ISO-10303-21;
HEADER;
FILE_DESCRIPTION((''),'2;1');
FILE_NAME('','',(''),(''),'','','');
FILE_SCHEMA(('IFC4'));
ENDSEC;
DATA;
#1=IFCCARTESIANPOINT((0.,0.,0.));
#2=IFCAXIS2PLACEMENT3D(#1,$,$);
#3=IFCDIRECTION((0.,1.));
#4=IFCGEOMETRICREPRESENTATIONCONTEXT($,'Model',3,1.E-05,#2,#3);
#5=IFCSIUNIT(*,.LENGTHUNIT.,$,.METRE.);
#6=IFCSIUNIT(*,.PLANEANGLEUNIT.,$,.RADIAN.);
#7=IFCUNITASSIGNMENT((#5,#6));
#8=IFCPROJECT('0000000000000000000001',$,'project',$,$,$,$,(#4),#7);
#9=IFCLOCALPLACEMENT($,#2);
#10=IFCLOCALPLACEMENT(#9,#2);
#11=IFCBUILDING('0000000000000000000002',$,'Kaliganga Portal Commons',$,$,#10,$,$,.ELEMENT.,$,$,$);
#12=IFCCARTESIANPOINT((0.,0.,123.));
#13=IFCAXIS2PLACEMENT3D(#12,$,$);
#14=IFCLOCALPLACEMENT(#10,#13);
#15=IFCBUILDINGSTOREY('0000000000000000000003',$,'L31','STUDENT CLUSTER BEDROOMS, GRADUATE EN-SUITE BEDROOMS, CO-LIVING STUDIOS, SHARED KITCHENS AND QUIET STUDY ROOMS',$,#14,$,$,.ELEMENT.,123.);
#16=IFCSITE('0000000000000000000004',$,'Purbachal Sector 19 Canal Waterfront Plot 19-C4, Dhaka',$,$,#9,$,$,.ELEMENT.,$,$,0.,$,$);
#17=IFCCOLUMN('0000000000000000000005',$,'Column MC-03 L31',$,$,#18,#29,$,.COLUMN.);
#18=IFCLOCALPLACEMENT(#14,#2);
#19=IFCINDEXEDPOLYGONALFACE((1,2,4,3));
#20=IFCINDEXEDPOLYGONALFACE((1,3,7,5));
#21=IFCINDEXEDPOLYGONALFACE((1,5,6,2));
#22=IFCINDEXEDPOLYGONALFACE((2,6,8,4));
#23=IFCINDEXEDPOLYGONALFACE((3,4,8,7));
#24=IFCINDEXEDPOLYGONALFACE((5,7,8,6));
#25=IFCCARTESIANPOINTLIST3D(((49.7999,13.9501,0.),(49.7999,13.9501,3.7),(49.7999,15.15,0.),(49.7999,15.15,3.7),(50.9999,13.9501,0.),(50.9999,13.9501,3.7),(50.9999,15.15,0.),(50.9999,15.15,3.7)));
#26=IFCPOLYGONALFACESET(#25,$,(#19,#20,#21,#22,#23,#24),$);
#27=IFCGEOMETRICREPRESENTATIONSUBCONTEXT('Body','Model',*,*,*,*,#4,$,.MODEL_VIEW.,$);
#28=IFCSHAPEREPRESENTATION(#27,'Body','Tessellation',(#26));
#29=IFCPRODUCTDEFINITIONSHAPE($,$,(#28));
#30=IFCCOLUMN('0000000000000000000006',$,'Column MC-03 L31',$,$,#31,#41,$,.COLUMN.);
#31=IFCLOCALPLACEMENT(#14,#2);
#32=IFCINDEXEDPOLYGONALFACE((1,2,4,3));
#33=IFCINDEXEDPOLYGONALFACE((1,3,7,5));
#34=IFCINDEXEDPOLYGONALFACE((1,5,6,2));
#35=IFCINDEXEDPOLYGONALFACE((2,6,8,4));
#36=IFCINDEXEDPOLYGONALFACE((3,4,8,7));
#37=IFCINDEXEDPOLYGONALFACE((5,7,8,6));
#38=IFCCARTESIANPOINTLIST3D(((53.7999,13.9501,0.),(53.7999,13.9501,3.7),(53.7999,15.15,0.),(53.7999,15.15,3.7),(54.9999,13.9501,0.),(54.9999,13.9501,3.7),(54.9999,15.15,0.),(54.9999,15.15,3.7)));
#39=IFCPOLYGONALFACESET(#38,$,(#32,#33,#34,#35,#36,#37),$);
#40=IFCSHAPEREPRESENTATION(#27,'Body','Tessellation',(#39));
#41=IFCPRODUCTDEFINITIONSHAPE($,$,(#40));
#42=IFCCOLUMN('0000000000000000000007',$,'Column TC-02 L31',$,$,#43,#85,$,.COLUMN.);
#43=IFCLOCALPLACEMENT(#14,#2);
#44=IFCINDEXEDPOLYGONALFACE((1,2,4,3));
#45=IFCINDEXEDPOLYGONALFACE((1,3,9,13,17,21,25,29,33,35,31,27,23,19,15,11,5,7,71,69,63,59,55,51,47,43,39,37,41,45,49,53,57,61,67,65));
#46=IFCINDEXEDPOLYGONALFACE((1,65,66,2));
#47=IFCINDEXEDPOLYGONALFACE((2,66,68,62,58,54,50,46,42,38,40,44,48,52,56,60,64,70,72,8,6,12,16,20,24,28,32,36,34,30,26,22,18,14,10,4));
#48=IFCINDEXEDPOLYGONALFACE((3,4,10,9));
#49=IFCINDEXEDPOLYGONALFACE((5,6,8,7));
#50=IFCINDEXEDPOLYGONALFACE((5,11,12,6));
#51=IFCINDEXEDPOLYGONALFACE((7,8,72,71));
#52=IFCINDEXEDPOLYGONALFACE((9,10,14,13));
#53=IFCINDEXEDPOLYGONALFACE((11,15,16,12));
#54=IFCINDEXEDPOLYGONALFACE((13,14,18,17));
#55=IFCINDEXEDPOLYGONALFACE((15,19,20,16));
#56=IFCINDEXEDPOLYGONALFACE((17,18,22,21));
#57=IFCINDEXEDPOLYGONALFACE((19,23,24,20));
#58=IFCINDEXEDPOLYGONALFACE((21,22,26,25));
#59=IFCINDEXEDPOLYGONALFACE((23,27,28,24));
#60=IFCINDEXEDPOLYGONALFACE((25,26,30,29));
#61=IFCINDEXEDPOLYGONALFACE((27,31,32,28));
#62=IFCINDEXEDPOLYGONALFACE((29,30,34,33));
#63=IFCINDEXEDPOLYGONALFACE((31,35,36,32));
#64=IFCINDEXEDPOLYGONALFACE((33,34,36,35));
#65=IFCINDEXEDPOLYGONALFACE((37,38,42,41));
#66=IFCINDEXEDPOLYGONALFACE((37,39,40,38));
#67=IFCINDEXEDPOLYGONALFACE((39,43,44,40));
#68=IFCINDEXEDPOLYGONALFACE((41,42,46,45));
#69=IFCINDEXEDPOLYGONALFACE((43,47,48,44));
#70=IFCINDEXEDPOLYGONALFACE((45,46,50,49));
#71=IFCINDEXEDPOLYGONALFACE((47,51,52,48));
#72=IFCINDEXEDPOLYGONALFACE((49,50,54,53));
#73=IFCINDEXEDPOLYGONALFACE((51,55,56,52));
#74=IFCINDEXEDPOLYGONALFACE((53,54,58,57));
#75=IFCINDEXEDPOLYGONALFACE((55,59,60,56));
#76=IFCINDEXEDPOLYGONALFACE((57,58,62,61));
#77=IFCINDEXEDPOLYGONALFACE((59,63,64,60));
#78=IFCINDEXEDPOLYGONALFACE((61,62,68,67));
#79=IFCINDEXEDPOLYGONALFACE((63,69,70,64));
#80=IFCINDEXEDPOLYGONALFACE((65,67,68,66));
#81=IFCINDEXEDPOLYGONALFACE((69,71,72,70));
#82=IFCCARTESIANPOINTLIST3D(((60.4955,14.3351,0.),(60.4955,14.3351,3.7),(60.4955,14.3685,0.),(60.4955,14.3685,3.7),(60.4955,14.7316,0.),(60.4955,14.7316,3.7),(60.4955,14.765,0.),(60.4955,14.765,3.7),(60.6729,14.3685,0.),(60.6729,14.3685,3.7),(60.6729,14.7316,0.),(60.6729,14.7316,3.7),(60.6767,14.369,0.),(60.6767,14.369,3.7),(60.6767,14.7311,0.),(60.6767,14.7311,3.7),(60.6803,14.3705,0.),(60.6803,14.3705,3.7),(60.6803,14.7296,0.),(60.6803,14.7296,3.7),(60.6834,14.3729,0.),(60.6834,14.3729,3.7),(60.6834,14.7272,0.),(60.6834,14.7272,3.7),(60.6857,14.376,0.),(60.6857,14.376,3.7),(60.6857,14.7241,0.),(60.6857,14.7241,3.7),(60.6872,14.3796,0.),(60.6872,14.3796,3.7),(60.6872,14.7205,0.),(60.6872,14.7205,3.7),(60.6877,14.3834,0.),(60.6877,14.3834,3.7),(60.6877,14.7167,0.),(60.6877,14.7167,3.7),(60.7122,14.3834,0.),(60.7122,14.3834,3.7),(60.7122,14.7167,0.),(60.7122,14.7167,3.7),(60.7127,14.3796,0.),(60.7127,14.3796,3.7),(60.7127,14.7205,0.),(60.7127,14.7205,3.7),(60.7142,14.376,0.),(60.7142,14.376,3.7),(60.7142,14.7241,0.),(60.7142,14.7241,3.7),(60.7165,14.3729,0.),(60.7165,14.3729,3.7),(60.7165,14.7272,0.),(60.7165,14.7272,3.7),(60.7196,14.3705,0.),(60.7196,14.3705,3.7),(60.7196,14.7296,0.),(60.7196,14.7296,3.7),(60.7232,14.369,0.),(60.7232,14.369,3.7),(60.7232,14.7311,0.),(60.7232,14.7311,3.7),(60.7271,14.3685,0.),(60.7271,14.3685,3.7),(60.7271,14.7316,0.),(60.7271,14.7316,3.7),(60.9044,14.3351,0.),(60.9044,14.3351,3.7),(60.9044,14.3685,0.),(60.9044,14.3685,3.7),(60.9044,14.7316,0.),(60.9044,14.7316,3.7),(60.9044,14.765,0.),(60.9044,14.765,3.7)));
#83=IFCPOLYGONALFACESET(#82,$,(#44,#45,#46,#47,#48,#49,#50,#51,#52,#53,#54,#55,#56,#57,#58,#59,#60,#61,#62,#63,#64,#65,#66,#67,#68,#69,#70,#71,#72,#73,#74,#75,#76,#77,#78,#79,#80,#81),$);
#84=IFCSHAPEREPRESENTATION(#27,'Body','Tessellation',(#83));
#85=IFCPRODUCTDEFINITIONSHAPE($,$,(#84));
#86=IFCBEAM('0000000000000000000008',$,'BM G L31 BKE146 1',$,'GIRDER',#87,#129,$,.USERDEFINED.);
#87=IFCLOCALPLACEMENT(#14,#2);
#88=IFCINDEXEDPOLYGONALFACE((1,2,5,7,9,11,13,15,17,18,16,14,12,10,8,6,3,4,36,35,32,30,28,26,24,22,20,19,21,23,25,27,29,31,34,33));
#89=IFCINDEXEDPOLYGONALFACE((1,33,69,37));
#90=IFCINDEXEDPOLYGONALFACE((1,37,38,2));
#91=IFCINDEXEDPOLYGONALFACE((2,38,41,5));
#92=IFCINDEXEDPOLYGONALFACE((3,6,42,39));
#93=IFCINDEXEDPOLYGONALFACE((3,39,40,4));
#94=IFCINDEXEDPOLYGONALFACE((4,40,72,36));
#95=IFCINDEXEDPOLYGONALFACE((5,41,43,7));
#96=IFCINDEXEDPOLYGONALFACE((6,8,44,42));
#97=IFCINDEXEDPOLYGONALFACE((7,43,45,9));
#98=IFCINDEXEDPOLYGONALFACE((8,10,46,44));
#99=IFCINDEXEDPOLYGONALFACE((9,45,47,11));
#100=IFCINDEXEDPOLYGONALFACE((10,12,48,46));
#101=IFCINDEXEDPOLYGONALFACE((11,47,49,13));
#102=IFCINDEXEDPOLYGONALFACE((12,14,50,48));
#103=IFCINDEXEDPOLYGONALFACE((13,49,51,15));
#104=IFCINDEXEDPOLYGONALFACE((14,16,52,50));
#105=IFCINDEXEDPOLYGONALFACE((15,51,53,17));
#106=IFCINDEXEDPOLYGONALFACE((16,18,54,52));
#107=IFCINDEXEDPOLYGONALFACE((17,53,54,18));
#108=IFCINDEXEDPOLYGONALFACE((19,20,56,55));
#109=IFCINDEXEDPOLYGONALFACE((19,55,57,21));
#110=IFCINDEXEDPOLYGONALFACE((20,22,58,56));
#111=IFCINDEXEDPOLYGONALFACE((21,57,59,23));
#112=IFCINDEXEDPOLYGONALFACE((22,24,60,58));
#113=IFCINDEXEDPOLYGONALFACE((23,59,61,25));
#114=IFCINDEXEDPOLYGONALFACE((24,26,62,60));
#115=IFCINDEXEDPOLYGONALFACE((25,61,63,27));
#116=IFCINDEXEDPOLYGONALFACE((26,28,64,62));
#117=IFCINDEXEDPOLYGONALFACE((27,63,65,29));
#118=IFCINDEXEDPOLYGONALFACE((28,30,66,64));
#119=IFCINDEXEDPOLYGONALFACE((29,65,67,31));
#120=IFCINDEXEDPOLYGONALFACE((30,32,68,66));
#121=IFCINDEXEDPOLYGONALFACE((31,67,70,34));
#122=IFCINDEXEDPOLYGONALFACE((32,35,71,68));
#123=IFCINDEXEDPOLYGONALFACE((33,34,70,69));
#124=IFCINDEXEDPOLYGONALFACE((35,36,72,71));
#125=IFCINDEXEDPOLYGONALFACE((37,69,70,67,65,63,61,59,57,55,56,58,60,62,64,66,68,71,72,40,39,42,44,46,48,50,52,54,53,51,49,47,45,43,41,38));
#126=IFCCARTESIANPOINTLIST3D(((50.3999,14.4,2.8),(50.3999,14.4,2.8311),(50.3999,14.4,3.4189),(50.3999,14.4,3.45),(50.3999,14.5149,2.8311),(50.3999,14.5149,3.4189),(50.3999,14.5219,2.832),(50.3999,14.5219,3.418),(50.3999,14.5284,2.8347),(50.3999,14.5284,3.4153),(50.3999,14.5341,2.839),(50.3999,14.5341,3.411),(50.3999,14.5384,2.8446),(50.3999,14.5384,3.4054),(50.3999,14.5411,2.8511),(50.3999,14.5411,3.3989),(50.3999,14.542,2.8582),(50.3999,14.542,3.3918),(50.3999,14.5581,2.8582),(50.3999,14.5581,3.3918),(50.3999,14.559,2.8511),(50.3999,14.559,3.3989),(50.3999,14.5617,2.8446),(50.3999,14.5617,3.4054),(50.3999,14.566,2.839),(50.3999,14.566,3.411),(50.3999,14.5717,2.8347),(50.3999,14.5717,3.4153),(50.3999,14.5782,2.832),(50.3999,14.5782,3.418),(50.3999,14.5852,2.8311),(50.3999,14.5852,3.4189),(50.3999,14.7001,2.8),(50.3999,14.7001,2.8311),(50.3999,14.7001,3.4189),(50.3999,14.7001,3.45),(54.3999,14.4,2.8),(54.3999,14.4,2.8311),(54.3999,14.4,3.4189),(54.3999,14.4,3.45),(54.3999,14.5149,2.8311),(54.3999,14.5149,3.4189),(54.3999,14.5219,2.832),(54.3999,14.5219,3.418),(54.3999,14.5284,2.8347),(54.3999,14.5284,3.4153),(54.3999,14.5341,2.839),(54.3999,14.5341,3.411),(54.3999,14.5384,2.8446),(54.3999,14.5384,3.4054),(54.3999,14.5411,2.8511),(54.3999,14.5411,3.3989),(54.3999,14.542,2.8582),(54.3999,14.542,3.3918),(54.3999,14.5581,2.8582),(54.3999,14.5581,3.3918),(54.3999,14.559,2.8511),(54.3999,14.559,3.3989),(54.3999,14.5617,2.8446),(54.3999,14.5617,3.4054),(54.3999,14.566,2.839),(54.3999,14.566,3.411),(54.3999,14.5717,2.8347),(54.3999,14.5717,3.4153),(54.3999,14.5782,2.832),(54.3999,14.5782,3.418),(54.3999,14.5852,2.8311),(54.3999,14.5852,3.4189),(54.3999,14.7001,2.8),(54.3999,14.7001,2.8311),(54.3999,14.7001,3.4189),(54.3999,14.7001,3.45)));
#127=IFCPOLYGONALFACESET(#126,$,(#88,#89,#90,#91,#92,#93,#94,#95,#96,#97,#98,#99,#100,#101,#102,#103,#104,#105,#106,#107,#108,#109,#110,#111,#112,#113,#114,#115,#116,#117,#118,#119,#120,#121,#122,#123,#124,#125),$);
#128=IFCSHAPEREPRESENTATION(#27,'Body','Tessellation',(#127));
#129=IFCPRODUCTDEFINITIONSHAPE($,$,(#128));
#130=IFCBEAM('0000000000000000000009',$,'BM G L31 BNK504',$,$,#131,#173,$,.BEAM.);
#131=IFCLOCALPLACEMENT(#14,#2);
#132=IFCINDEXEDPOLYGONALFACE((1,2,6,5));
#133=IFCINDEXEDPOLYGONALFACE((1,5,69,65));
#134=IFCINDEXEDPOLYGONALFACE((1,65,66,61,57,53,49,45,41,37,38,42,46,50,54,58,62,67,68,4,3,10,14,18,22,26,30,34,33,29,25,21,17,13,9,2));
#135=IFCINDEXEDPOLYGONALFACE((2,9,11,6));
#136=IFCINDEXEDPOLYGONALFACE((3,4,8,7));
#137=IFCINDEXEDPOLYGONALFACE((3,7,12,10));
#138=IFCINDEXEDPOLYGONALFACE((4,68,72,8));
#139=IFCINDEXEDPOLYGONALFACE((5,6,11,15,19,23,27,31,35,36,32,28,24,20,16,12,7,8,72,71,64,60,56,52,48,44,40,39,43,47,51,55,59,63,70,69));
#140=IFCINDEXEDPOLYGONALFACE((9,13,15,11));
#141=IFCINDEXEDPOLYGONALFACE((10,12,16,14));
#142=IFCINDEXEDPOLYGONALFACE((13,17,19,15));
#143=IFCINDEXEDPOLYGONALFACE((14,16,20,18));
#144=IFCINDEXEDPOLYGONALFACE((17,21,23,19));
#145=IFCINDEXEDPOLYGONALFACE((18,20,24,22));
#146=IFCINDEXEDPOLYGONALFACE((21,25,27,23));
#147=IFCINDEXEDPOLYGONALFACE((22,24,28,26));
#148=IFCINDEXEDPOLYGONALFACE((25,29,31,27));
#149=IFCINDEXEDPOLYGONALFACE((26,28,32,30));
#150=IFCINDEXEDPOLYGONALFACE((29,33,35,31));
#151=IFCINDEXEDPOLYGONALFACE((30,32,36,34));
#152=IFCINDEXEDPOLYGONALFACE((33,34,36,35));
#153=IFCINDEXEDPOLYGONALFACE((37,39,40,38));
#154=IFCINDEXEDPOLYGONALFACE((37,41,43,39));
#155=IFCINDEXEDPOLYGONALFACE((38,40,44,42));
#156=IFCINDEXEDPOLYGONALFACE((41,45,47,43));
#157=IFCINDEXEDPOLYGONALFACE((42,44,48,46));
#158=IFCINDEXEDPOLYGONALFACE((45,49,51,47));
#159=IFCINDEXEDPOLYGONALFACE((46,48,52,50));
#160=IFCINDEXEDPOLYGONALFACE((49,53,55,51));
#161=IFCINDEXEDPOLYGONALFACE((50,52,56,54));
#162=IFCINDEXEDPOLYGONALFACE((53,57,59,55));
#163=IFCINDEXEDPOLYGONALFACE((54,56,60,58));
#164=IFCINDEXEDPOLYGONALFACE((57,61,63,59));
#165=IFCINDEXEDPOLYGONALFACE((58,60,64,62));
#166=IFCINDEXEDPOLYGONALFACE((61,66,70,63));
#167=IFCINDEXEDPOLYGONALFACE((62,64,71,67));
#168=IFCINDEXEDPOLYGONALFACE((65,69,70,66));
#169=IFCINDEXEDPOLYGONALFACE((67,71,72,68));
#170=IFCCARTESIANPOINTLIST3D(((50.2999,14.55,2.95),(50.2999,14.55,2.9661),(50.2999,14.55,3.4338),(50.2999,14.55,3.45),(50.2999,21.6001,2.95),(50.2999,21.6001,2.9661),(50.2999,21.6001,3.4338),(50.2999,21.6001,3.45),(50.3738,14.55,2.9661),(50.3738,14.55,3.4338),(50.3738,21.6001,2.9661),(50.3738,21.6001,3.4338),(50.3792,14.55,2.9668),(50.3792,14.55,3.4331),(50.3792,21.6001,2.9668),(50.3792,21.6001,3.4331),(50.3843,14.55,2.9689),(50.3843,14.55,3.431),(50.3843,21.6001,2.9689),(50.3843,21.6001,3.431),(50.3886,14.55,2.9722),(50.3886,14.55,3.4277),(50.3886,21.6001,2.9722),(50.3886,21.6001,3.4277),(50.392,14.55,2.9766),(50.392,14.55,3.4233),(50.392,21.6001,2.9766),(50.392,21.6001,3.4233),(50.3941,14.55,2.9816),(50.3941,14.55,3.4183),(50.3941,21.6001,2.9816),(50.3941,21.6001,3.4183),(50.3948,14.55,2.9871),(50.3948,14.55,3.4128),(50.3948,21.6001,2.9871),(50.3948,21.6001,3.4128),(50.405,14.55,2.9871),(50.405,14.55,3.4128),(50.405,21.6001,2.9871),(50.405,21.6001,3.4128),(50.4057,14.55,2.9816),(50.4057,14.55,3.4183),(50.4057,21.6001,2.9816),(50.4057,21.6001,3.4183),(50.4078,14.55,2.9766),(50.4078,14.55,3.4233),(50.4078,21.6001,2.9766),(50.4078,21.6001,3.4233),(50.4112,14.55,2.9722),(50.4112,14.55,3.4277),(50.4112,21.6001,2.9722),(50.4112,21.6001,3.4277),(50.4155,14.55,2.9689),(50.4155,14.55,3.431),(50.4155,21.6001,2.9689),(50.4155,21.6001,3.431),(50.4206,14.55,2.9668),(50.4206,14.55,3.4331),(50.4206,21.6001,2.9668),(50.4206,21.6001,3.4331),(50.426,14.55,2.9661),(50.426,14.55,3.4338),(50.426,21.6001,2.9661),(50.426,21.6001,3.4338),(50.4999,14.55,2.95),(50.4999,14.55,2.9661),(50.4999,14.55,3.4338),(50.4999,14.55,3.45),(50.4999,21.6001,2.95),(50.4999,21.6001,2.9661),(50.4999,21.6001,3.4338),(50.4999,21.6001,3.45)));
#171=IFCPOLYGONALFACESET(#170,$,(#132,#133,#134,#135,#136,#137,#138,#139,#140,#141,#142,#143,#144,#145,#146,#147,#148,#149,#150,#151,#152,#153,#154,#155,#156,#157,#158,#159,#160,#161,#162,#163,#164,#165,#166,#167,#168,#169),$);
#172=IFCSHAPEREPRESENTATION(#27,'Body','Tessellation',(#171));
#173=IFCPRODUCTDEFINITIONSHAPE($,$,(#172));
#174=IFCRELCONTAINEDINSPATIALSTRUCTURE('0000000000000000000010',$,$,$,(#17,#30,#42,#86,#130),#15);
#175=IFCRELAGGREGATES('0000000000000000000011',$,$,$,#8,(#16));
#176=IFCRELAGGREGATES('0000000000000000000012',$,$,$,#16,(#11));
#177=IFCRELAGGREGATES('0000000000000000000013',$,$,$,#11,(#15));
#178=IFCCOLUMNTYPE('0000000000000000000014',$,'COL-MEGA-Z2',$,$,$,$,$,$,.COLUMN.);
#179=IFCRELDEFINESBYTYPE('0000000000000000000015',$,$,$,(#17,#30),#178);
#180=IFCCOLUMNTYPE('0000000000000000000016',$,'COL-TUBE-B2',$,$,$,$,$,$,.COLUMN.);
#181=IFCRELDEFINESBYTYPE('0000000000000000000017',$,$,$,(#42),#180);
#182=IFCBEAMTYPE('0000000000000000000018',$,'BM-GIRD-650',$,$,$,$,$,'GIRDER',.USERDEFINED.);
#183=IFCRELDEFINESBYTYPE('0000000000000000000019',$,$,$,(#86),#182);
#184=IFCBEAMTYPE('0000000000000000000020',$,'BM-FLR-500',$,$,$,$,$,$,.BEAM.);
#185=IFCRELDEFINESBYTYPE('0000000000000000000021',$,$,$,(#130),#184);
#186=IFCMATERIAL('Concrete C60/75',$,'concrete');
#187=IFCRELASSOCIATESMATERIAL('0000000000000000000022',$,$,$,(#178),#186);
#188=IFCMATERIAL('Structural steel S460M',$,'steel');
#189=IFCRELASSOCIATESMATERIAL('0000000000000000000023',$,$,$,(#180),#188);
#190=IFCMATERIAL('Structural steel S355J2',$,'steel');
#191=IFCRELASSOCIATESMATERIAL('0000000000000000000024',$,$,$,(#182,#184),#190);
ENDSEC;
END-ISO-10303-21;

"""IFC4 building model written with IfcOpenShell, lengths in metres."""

from ifc_helpers import new_model, si_unit, direction, frame, origin, origin_2d, place, context, subcontext, project, spatial, rectangle, i_section, extrude, source, transform, mapped, material, material_profile, profile_set, type_object, element, save


model = new_model("IFC4")

# Units and contexts
model_context = context("Model", 3, precision=1e-05, world=origin(), true_north=direction((0.0, 1.0)))
body_context = subcontext(model_context, "Body", "Model", "MODEL_VIEW")
ifc_project = project(units=[si_unit("LENGTHUNIT", "METRE"), si_unit("PLANEANGLEUNIT", "RADIAN")], contexts=[model_context])

# Site, building, storey
site_placement = place(None, origin())
site = spatial("IfcSite", under=ifc_project, at=site_placement, Name="Purbachal Sector 19 Canal Waterfront Plot 19-C4, Dhaka", CompositionType="ELEMENT", RefElevation=0.0)
building_placement = place(site_placement, origin())
building = spatial("IfcBuilding", under=site, at=building_placement, Name="Kaliganga Portal Commons", CompositionType="ELEMENT")
storey_placement = place(building_placement, frame((0.0, 0.0, 123.0)))
storey = spatial("IfcBuildingStorey", under=building, at=storey_placement, Name="L31", Description="STUDENT CLUSTER BEDROOMS, GRADUATE EN-SUITE BEDROOMS, CO-LIVING STUDIOS, SHARED KITCHENS AND QUIET STUDY ROOMS", CompositionType="ELEMENT", Elevation=123.0)

# Columns
ifc_material_1 = material(Name="Concrete C60/75", Category="concrete")
ifc_material_profile_1 = material_profile(ifc_material_1, rectangle(XDim=1.2, YDim=1.2, at=origin_2d()), Name="RC 1200x1200")
ifc_profile_set_1 = profile_set([ifc_material_profile_1], Name="Concrete C60/75")
column_type_1 = type_object("IfcColumnType", Name="COL-MEGA-Z2", PredefinedType="COLUMN", material=ifc_profile_set_1)
shared_shape_1 = source(origin(), body_context, "Body", "SweptSolid", [
    extrude(rectangle(XDim=1.2, YDim=1.2, at=origin_2d()), origin(), (0.0, 0.0, 1.0), 3.7),
])
for number, where, z_axis, x_axis, name in (
    (1, (50.3999, 14.55, 0.0), (0.0, 0.0, 1.0), (1.0, 0.0, 0.0), "Column MC-03 L31"),
    (2, (54.3999, 14.55, 0.0), (0.0, 0.0, 1.0), (1.0, 0.0, 0.0), "Column MC-03 L31"),
):
    element("IfcColumn", number, at=place(storey_placement, frame(where, z_axis=z_axis, x_axis=x_axis)), inside=storey, type_object=column_type_1, Name=name, PredefinedType="COLUMN", context=body_context, shape_type="MappedRepresentation", body=[
        mapped(shared_shape_1, transform((0.0, 0.0, 0.0), x_axis=(1.0, 0.0, 0.0), y_axis=(0.0, 1.0, 0.0), z_axis=(0.0, 0.0, 1.0), scale=1.0)),
    ])
ifc_material_2 = material(Name="Structural steel S460M", Category="steel")
ifc_material_profile_2 = material_profile(ifc_material_2, i_section(OverallWidth=0.4089, OverallDepth=0.4299, WebThickness=0.0244, FlangeThickness=0.0334, FilletRadius=0.0149, at=origin_2d()), Name="HD 400x421")
ifc_profile_set_2 = profile_set([ifc_material_profile_2], Name="Structural steel S460M wide-flange")
column_type_2 = type_object("IfcColumnType", Name="COL-TUBE-B2", PredefinedType="COLUMN", material=ifc_profile_set_2)
shared_shape_2 = source(origin(), body_context, "Body", "SweptSolid", [
    extrude(i_section(OverallWidth=0.4089, OverallDepth=0.4299, WebThickness=0.0244, FlangeThickness=0.0334, FilletRadius=0.0149, at=origin_2d()), origin(), (0.0, 0.0, 1.0), 3.7),
])
column_placement = place(storey_placement, frame((60.7, 14.55, 0.0), z_axis=(0.0, 0.0, 1.0), x_axis=(1.0, 0.0, 0.0)))
element("IfcColumn", 3, at=column_placement, inside=storey, type_object=column_type_2, Name="Column TC-02 L31", PredefinedType="COLUMN", context=body_context, shape_type="MappedRepresentation", body=[
    mapped(shared_shape_2, transform((0.0, 0.0, 0.0), x_axis=(1.0, 0.0, 0.0), y_axis=(0.0, 1.0, 0.0), z_axis=(0.0, 0.0, 1.0), scale=1.0)),
])

# Beams
ifc_material_3 = material(Name="Structural steel S355J2", Category="steel")
ifc_material_profile_3 = material_profile(ifc_material_3, i_section(OverallWidth=0.3, OverallDepth=0.6499, WebThickness=0.0161, FlangeThickness=0.031, FilletRadius=0.0271, at=origin_2d()), Name="HE 650 B")
ifc_profile_set_3 = profile_set([ifc_material_profile_3], Name="Structural steel S355J2 wide-flange")
beam_type_1 = type_object("IfcBeamType", Name="BM-GIRD-650", ElementType="GIRDER", PredefinedType="USERDEFINED", material=ifc_profile_set_3)
shared_shape_3 = source(origin(), body_context, "Body", "SweptSolid", [
    extrude(i_section(OverallWidth=0.3, OverallDepth=0.6499, WebThickness=0.0161, FlangeThickness=0.031, FilletRadius=0.0271, at=origin_2d()), origin(), (0.0, 0.0, 1.0), 4.0),
])
beam_1_placement = place(storey_placement, frame((50.3999, 14.55, 3.125), z_axis=(1.0, 0.0, 0.0), x_axis=(0.0, 1.0, 0.0)))
element("IfcBeam", 4, at=beam_1_placement, inside=storey, type_object=beam_type_1, Name="BM G L31 BKE146 1", ObjectType="GIRDER", PredefinedType="USERDEFINED", context=body_context, shape_type="MappedRepresentation", body=[
    mapped(shared_shape_3, transform((0.0, 0.0, 0.0), x_axis=(1.0, 0.0, 0.0), y_axis=(0.0, 1.0, 0.0), z_axis=(0.0, 0.0, 1.0), scale=1.0)),
])
ifc_material_profile_4 = material_profile(ifc_material_3, i_section(OverallWidth=0.2, OverallDepth=0.5, WebThickness=0.0103, FlangeThickness=0.0161, FilletRadius=0.021, at=origin_2d()), Name="IPE 500")
ifc_profile_set_4 = profile_set([ifc_material_profile_4], Name="Structural steel S355J2 wide-flange")
beam_type_2 = type_object("IfcBeamType", Name="BM-FLR-500", PredefinedType="BEAM", material=ifc_profile_set_4)
shared_shape_4 = source(origin(), body_context, "Body", "SweptSolid", [
    extrude(i_section(OverallWidth=0.2, OverallDepth=0.5, WebThickness=0.0103, FlangeThickness=0.0161, FilletRadius=0.021, at=origin_2d()), origin(), (0.0, 0.0, 1.0), 7.05),
])
for number, where, z_axis, x_axis, name in (
    (5, (50.3999, 14.55, 3.2), (0.0, 1.0, 0.0), (-1.0, 0.0, 0.0), "BM G L31 BNK504"),
):
    element("IfcBeam", number, at=place(storey_placement, frame(where, z_axis=z_axis, x_axis=x_axis)), inside=storey, type_object=beam_type_2, Name=name, PredefinedType="BEAM", context=body_context, shape_type="MappedRepresentation", body=[
        mapped(shared_shape_4, transform((0.0, 0.0, 0.0), x_axis=(1.0, 0.0, 0.0), y_axis=(0.0, 1.0, 0.0), z_axis=(0.0, 0.0, 1.0), scale=1.0)),
    ])

save(model, "model.ifc")
